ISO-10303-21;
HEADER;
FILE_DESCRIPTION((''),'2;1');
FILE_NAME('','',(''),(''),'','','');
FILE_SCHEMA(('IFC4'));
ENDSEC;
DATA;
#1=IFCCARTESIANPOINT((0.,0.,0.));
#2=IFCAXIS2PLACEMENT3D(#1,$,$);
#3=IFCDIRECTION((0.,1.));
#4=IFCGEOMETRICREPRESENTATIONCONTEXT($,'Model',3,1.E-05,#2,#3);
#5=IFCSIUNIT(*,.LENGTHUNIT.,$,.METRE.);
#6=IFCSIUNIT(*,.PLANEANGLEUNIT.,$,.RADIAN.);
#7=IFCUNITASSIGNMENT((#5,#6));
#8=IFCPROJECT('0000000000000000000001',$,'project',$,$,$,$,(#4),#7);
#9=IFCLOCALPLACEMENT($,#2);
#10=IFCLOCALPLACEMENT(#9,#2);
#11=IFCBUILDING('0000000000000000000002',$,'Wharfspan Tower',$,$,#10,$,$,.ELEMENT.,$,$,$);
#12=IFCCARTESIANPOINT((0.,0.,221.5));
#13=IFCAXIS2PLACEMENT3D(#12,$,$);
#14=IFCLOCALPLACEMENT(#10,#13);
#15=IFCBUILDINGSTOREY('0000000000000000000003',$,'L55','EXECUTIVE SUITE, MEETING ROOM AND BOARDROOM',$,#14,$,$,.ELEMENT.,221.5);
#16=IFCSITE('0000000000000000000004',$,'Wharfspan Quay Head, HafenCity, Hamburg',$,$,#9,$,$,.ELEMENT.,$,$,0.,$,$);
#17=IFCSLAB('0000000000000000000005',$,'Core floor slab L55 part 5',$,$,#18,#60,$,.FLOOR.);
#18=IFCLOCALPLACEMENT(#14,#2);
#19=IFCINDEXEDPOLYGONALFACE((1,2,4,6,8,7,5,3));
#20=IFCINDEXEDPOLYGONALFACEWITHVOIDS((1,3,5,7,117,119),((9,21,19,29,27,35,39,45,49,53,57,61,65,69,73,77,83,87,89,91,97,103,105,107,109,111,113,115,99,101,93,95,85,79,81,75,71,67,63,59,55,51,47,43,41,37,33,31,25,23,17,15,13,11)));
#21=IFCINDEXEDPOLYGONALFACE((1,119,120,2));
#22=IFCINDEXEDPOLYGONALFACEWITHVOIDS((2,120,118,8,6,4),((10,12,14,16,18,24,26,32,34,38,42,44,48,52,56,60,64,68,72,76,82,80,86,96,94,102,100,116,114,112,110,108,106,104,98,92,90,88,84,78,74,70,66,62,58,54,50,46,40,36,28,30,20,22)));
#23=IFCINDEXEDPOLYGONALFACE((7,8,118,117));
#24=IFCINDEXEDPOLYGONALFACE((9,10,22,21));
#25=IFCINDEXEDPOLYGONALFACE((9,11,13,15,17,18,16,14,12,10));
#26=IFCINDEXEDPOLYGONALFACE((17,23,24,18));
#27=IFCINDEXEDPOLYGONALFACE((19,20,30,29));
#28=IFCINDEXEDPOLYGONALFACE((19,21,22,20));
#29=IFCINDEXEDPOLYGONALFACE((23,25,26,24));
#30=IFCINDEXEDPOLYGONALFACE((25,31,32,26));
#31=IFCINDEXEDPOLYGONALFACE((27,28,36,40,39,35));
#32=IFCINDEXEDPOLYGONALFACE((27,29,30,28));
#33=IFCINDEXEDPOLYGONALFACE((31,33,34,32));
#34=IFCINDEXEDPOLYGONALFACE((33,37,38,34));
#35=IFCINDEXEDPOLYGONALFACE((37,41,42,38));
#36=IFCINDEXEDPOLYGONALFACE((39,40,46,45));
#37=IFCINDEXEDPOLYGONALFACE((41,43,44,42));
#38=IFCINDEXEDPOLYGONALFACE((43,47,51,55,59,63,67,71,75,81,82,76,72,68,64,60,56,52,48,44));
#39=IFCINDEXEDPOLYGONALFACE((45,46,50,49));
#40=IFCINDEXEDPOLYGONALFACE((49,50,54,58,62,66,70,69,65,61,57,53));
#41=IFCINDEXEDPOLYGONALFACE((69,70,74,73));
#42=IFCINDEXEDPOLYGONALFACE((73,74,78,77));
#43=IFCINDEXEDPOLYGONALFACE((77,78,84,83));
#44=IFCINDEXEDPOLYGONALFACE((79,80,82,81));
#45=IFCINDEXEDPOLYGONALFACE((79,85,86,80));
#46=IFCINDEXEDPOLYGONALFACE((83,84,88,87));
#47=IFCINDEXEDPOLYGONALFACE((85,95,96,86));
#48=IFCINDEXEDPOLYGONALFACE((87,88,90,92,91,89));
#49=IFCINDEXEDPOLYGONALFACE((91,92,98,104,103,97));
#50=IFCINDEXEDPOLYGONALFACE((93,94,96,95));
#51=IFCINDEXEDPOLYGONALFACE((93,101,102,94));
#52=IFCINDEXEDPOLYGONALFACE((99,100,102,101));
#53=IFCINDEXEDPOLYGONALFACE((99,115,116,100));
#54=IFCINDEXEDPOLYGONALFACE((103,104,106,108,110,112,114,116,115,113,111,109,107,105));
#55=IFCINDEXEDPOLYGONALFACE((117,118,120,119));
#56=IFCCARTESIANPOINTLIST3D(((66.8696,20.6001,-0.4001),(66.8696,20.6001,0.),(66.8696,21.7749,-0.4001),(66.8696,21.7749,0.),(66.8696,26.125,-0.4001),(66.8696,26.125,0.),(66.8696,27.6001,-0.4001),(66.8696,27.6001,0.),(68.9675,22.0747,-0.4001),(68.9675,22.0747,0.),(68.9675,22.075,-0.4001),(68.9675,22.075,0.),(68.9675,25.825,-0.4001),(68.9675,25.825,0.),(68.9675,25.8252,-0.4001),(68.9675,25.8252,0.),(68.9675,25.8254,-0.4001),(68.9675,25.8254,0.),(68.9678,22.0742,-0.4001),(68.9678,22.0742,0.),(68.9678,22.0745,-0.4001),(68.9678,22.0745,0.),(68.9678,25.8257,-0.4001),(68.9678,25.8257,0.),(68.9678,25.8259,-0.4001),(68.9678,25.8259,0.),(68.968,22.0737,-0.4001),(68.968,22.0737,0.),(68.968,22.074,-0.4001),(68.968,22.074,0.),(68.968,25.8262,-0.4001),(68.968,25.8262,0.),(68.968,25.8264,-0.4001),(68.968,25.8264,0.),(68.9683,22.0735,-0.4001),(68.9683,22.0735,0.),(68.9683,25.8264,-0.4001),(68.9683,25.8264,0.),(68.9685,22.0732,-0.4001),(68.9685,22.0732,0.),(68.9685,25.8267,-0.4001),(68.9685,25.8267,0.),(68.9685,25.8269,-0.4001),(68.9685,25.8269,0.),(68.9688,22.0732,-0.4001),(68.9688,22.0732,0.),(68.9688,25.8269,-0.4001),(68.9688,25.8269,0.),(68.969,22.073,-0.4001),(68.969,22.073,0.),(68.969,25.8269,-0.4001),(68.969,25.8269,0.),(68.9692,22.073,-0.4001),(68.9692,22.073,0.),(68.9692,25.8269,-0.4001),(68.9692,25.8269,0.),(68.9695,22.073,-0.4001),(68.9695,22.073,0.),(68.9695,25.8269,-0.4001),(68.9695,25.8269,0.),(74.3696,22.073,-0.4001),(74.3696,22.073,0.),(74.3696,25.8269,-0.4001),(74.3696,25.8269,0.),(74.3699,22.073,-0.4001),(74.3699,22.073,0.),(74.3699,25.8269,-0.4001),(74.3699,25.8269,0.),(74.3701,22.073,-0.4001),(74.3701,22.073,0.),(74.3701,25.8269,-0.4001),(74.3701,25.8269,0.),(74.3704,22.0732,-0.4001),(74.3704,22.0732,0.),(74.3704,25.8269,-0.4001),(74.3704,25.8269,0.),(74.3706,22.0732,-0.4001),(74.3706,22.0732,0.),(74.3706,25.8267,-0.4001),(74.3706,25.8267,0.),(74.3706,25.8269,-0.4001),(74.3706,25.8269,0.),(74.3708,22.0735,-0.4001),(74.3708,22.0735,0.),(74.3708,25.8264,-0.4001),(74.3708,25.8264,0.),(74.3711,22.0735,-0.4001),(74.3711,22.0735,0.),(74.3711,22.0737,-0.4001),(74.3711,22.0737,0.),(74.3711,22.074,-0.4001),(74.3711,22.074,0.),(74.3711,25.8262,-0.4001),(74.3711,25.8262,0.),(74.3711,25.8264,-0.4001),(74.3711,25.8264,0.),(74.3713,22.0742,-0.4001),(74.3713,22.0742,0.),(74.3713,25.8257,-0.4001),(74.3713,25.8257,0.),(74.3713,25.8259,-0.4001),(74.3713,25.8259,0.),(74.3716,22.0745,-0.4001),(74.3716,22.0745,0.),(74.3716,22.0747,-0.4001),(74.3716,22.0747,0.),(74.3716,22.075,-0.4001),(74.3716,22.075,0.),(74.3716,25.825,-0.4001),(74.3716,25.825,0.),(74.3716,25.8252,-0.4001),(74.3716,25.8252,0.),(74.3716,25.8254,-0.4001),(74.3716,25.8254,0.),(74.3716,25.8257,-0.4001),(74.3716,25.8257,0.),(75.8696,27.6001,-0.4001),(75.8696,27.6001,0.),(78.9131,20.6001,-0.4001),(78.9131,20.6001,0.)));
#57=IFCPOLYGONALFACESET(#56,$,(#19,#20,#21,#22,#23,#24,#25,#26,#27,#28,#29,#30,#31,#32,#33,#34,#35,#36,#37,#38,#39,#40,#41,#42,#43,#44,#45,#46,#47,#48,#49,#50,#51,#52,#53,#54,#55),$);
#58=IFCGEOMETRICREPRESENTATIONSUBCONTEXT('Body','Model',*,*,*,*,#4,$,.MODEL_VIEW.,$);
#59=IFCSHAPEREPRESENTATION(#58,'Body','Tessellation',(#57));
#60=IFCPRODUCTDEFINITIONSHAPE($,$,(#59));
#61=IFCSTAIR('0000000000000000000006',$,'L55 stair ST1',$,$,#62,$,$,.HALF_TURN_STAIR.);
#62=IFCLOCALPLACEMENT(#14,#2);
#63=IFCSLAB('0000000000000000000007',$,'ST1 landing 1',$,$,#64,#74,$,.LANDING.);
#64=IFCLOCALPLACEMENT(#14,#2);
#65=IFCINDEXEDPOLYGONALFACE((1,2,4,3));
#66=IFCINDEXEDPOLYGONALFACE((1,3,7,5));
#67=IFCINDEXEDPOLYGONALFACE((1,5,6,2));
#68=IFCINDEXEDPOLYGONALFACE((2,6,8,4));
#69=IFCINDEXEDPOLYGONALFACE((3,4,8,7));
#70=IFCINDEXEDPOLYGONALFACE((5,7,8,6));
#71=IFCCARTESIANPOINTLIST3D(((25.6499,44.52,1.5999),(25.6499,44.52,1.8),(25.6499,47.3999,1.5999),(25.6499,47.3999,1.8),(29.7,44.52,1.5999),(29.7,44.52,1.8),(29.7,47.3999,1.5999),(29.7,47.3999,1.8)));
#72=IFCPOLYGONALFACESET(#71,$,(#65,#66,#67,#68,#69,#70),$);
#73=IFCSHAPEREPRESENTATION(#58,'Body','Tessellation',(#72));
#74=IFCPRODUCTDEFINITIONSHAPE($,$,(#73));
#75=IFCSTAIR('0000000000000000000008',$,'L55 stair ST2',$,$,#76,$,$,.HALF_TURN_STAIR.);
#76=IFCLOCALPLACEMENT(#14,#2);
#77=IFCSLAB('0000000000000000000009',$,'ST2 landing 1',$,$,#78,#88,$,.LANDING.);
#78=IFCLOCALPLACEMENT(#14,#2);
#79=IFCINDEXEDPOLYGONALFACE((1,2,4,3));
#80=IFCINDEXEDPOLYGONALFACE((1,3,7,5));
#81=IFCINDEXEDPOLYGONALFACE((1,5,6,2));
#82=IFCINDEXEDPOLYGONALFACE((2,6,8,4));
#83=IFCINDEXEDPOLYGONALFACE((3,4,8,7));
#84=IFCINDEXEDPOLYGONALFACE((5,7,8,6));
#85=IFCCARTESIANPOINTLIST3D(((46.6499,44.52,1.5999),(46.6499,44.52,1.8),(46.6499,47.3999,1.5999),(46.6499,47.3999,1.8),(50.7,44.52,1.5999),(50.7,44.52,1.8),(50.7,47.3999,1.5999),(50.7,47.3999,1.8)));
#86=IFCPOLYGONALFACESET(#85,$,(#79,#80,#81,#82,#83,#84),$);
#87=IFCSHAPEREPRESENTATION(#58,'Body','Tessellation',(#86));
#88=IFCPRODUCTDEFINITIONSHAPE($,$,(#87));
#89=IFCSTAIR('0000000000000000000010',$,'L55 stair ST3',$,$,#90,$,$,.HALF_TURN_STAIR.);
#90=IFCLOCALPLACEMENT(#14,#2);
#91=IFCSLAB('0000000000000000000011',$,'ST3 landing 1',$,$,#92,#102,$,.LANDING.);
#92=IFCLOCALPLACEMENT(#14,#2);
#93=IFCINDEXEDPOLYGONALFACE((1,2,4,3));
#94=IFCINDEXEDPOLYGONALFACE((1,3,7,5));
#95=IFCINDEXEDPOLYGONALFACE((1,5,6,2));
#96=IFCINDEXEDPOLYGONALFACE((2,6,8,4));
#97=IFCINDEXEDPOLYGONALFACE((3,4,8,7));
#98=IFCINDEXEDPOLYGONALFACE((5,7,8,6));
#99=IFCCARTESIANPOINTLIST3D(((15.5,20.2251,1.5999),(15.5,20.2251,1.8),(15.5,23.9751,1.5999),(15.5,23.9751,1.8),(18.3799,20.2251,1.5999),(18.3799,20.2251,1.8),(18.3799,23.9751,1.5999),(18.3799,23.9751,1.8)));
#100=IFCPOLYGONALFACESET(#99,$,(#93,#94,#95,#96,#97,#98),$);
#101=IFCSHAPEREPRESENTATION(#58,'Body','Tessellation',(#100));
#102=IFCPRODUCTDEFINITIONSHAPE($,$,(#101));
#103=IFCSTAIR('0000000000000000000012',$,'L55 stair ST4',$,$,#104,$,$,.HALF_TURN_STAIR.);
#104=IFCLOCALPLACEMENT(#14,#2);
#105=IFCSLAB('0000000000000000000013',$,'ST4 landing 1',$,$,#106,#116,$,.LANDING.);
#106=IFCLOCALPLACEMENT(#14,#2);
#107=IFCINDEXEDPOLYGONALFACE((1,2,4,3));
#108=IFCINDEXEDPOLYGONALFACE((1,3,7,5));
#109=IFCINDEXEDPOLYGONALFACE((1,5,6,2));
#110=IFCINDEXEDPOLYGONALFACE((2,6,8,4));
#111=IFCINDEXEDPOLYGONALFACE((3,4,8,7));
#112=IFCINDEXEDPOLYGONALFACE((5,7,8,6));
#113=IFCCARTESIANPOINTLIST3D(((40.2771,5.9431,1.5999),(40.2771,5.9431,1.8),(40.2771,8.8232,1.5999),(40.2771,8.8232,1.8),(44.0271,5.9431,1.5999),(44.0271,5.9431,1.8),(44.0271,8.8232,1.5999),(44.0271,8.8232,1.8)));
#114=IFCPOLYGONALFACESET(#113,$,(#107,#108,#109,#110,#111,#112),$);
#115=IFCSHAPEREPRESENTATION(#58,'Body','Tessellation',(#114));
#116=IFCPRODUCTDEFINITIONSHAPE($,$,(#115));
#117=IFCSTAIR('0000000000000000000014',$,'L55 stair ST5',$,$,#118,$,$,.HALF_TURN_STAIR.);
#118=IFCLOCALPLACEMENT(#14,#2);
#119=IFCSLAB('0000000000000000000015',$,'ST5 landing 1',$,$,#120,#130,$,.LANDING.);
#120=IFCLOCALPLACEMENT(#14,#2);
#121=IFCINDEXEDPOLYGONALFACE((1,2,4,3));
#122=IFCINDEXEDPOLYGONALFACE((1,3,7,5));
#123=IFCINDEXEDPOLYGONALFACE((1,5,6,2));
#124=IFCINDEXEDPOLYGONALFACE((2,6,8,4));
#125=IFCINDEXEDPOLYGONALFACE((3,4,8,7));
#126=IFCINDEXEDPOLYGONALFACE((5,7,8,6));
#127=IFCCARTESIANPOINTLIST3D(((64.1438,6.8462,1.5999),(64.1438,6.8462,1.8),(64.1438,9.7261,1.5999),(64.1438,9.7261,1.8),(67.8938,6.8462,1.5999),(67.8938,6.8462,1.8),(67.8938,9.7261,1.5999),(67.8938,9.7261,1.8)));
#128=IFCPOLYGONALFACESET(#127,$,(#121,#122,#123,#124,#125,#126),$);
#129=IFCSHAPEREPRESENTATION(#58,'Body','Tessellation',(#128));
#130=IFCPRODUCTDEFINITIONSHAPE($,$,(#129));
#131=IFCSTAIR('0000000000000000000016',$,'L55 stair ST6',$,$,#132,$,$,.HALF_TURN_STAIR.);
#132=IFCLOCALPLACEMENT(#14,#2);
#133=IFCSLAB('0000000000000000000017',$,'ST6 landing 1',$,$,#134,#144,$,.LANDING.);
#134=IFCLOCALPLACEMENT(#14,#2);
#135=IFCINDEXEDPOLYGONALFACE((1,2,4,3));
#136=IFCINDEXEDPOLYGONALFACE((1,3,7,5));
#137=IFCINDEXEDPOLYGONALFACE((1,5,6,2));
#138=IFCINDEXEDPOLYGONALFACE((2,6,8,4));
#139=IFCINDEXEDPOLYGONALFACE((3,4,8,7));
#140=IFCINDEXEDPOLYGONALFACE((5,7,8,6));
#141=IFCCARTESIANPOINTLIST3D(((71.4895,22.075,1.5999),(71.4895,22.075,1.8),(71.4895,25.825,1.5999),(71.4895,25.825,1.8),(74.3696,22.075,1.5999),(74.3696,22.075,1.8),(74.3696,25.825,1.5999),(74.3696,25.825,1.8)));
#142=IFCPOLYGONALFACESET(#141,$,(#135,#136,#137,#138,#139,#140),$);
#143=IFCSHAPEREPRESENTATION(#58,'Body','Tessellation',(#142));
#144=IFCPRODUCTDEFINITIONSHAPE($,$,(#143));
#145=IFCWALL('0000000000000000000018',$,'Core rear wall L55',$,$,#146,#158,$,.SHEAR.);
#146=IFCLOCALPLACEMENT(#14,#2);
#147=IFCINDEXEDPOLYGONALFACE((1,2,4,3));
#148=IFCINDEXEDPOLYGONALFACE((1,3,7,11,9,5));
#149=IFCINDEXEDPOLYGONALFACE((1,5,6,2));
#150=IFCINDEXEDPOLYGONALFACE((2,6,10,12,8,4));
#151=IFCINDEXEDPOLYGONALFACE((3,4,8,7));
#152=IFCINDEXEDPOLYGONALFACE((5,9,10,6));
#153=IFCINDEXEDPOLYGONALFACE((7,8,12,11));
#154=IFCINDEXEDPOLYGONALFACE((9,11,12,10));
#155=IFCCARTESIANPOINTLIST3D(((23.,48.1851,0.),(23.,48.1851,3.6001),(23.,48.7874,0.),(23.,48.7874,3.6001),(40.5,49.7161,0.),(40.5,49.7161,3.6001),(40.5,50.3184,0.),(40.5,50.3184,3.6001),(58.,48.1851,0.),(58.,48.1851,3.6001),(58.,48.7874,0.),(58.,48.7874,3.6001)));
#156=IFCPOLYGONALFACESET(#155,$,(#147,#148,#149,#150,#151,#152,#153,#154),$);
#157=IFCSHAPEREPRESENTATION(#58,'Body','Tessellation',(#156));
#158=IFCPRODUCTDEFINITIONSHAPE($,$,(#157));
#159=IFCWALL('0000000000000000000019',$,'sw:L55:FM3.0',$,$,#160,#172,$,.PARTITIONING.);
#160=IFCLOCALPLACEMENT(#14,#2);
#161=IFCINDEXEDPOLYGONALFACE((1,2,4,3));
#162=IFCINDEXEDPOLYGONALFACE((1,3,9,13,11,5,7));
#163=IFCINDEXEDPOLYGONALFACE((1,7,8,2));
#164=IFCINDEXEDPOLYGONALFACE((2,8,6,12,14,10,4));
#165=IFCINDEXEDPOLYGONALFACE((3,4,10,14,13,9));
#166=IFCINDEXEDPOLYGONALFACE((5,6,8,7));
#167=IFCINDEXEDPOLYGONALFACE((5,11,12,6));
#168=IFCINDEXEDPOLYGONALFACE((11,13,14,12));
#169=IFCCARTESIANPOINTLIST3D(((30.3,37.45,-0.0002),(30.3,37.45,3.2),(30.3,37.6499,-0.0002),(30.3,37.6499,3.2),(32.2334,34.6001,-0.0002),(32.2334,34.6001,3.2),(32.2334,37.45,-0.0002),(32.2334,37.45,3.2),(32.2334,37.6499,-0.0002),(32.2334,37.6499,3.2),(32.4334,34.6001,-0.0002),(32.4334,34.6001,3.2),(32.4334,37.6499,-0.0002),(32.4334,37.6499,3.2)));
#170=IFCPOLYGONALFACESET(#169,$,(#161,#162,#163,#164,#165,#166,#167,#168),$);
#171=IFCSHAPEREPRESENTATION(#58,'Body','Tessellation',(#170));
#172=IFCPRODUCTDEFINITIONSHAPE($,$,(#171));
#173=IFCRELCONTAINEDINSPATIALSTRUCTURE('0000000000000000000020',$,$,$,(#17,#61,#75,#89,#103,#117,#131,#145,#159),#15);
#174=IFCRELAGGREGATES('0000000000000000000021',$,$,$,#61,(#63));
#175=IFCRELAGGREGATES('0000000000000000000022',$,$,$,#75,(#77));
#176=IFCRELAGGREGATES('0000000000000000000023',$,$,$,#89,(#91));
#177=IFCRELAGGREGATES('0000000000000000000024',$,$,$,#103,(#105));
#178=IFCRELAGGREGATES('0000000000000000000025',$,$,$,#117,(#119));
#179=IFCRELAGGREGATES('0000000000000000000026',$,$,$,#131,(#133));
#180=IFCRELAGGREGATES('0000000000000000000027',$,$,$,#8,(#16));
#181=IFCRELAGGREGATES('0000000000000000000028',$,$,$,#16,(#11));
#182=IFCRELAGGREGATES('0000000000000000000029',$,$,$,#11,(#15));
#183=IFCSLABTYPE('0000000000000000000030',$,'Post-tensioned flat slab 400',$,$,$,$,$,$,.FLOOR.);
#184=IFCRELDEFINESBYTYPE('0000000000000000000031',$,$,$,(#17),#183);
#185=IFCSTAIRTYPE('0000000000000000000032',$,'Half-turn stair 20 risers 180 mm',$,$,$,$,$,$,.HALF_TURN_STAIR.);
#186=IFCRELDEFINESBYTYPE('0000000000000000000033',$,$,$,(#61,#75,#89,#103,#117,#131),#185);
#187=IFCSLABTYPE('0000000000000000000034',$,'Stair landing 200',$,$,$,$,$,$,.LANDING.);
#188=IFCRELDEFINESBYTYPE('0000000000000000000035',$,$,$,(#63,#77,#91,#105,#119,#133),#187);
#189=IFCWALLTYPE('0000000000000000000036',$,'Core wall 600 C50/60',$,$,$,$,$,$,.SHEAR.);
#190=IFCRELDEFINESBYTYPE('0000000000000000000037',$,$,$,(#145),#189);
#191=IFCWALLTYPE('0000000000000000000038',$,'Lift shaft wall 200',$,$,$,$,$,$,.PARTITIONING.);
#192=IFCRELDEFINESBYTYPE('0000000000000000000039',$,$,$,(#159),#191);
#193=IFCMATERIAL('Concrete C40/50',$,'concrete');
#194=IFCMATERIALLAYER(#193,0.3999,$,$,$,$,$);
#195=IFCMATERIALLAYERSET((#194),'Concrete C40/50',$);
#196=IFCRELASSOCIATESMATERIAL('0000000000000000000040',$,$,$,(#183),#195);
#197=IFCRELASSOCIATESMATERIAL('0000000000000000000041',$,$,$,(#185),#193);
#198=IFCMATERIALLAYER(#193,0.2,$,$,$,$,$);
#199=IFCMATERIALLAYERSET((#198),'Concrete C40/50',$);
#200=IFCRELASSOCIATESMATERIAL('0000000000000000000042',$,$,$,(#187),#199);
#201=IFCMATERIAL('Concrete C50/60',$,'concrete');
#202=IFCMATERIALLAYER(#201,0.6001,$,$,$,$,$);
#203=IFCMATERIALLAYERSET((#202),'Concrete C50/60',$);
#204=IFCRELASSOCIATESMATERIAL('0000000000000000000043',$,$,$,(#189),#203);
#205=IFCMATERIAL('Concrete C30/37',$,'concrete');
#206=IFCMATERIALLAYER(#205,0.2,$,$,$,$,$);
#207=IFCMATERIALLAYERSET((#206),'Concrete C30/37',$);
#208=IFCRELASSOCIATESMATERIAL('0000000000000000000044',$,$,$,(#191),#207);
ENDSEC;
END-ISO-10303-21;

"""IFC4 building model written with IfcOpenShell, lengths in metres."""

from ifc_helpers import new_model, si_unit, direction, frame, origin, place, context, subcontext, project, spatial, polyline, outline, extrude, material, layer, layer_set, type_object, element, aggregate, save


model = new_model("IFC4")

# Units and contexts
model_context = context("Model", 3, precision=1e-05, world=origin(), true_north=direction((0.0, 1.0)))
body_context = subcontext(model_context, "Body", "Model", "MODEL_VIEW")
ifc_project = project(units=[si_unit("LENGTHUNIT", "METRE"), si_unit("PLANEANGLEUNIT", "RADIAN")], contexts=[model_context])

# Site, building, storey
site_placement = place(None, origin())
site = spatial("IfcSite", under=ifc_project, at=site_placement, Name="Wharfspan Quay Head, HafenCity, Hamburg", CompositionType="ELEMENT", RefElevation=0.0)
building_placement = place(site_placement, origin())
building = spatial("IfcBuilding", under=site, at=building_placement, Name="Wharfspan Tower", CompositionType="ELEMENT")
storey_placement = place(building_placement, frame((0.0, 0.0, 221.5)))
storey = spatial("IfcBuildingStorey", under=building, at=storey_placement, Name="L55", Description="EXECUTIVE SUITE, MEETING ROOM AND BOARDROOM", CompositionType="ELEMENT", Elevation=221.5)

# Slab
ifc_material_1 = material(Name="Concrete C40/50", Category="concrete")
ifc_layer_1 = layer(ifc_material_1, 0.3999)
ifc_layer_set_1 = layer_set([ifc_layer_1], Name="Concrete C40/50")
slab_type_1 = type_object("IfcSlabType", Name="Post-tensioned flat slab 400", PredefinedType="FLOOR", material=ifc_layer_set_1)
slab_1_placement = place(storey_placement, frame((0.0, 0.0, -0.4001)))
element("IfcSlab", 1, at=slab_1_placement, inside=storey, type_object=slab_type_1, Name="Core floor slab L55 part 5", PredefinedType="FLOOR", context=body_context, shape_type="SweptSolid", body=[
    extrude(outline(polyline([(75.8696, 27.6001), (66.8696, 27.6001), (66.8696, 26.125), (66.8696, 21.7749), (66.8696, 20.6001), (78.9131, 20.6001), (75.8696, 27.6001)]), holes=[polyline([(68.9675, 25.825), (68.9675, 25.8252), (68.9675, 25.8254), (68.9678, 25.8257), (68.9678, 25.8257), (68.9678, 25.8259), (68.968, 25.8262), (68.968, 25.8264), (68.9683, 25.8264), (68.9683, 25.8264), (68.9685, 25.8267), (68.9685, 25.8269), (68.9688, 25.8269), (68.969, 25.8269), (68.9692, 25.8269), (68.9695, 25.8269), (68.9695, 25.8269), (74.3696, 25.8269), (74.3699, 25.8269), (74.3701, 25.8269), (74.3701, 25.8269), (74.3704, 25.8269), (74.3706, 25.8269), (74.3706, 25.8267), (74.3709, 25.8264), (74.3711, 25.8264), (74.3711, 25.8264), (74.3711, 25.8262), (74.3713, 25.8259), (74.3713, 25.8257), (74.3716, 25.8257), (74.3716, 25.8254), (74.3716, 25.8252), (74.3716, 25.825), (74.3716, 22.075), (74.3716, 22.0747), (74.3716, 22.0747), (74.3716, 22.0745), (74.3713, 22.0742), (74.3713, 22.0742), (74.3711, 22.074), (74.3711, 22.0737), (74.3711, 22.0735), (74.3709, 22.0735), (74.3706, 22.0732), (74.3706, 22.0732), (74.3704, 22.0732), (74.3701, 22.073), (74.3701, 22.073), (74.3699, 22.073), (74.3696, 22.073), (68.9695, 22.073), (68.9695, 22.073), (68.9692, 22.073), (68.969, 22.073), (68.9688, 22.0732), (68.9685, 22.0732), (68.9685, 22.0732), (68.9683, 22.0735), (68.9683, 22.0735), (68.968, 22.0737), (68.968, 22.074), (68.9678, 22.0742), (68.9678, 22.0742), (68.9678, 22.0745), (68.9675, 22.0747), (68.9675, 22.0747), (68.9675, 22.075), (68.9675, 25.825)])]), origin(), (0.0, 0.0, 1.0), 0.4001),
])

# Stairs, slabs
stair_type = type_object("IfcStairType", Name="Half-turn stair 20 risers 180 mm", PredefinedType="HALF_TURN_STAIR", material=ifc_material_1)
stair_1_placement = place(storey_placement, origin())
stair_1 = element("IfcStair", 2, at=stair_1_placement, inside=storey, type_object=stair_type, Name="L55 stair ST1", PredefinedType="HALF_TURN_STAIR")
ifc_layer_2 = layer(ifc_material_1, 0.2)
ifc_layer_set_2 = layer_set([ifc_layer_2], Name="Concrete C40/50")
slab_type_2 = type_object("IfcSlabType", Name="Stair landing 200", PredefinedType="LANDING", material=ifc_layer_set_2)
slab_2_placement = place(storey_placement, frame((0.0, 0.0, 1.5999)))
slab_2 = element("IfcSlab", 3, at=slab_2_placement, type_object=slab_type_2, Name="ST1 landing 1", PredefinedType="LANDING", context=body_context, shape_type="SweptSolid", body=[
    extrude(outline(polyline([(25.6499, 44.52), (29.7, 44.52), (29.7, 47.3999), (25.6499, 47.3999), (25.6499, 44.52)])), origin(), (0.0, 0.0, 1.0), 0.2002),
])
aggregate(stair_1, [slab_2])
stair_2_placement = place(storey_placement, origin())
stair_2 = element("IfcStair", 4, at=stair_2_placement, inside=storey, type_object=stair_type, Name="L55 stair ST2", PredefinedType="HALF_TURN_STAIR")
slab_3_placement = place(storey_placement, frame((0.0, 0.0, 1.5999)))
slab_3 = element("IfcSlab", 5, at=slab_3_placement, type_object=slab_type_2, Name="ST2 landing 1", PredefinedType="LANDING", context=body_context, shape_type="SweptSolid", body=[
    extrude(outline(polyline([(46.6499, 44.52), (50.7, 44.52), (50.7, 47.3999), (46.6499, 47.3999), (46.6499, 44.52)])), origin(), (0.0, 0.0, 1.0), 0.2002),
])
aggregate(stair_2, [slab_3])
stair_3_placement = place(storey_placement, origin())
stair_3 = element("IfcStair", 6, at=stair_3_placement, inside=storey, type_object=stair_type, Name="L55 stair ST3", PredefinedType="HALF_TURN_STAIR")
slab_4_placement = place(storey_placement, frame((0.0, 0.0, 1.5999)))
slab_4 = element("IfcSlab", 7, at=slab_4_placement, type_object=slab_type_2, Name="ST3 landing 1", PredefinedType="LANDING", context=body_context, shape_type="SweptSolid", body=[
    extrude(outline(polyline([(18.3799, 23.9751), (15.5, 23.9751), (15.5, 20.2251), (18.3799, 20.2251), (18.3799, 23.9751)])), origin(), (0.0, 0.0, 1.0), 0.2002),
])
aggregate(stair_3, [slab_4])
stair_4_placement = place(storey_placement, origin())
stair_4 = element("IfcStair", 8, at=stair_4_placement, inside=storey, type_object=stair_type, Name="L55 stair ST4", PredefinedType="HALF_TURN_STAIR")
slab_5_placement = place(storey_placement, frame((0.0, 0.0, 1.5999)))
slab_5 = element("IfcSlab", 9, at=slab_5_placement, type_object=slab_type_2, Name="ST4 landing 1", PredefinedType="LANDING", context=body_context, shape_type="SweptSolid", body=[
    extrude(outline(polyline([(40.2771, 8.8232), (40.2771, 5.9431), (44.0271, 5.9431), (44.0271, 8.8232), (40.2771, 8.8232)])), origin(), (0.0, 0.0, 1.0), 0.2002),
])
aggregate(stair_4, [slab_5])
stair_5_placement = place(storey_placement, origin())
stair_5 = element("IfcStair", 10, at=stair_5_placement, inside=storey, type_object=stair_type, Name="L55 stair ST5", PredefinedType="HALF_TURN_STAIR")
slab_6_placement = place(storey_placement, frame((0.0, 0.0, 1.5999)))
slab_6 = element("IfcSlab", 11, at=slab_6_placement, type_object=slab_type_2, Name="ST5 landing 1", PredefinedType="LANDING", context=body_context, shape_type="SweptSolid", body=[
    extrude(outline(polyline([(64.1438, 9.7261), (64.1438, 6.8462), (67.8938, 6.8462), (67.8938, 9.7261), (64.1438, 9.7261)])), origin(), (0.0, 0.0, 1.0), 0.2002),
])
aggregate(stair_5, [slab_6])
stair_6_placement = place(storey_placement, origin())
stair_6 = element("IfcStair", 12, at=stair_6_placement, inside=storey, type_object=stair_type, Name="L55 stair ST6", PredefinedType="HALF_TURN_STAIR")
slab_7_placement = place(storey_placement, frame((0.0, 0.0, 1.5999)))
slab_7 = element("IfcSlab", 13, at=slab_7_placement, type_object=slab_type_2, Name="ST6 landing 1", PredefinedType="LANDING", context=body_context, shape_type="SweptSolid", body=[
    extrude(outline(polyline([(71.4895, 22.075), (74.3696, 22.075), (74.3696, 25.825), (71.4895, 25.825), (71.4895, 22.075)])), origin(), (0.0, 0.0, 1.0), 0.2002),
])
aggregate(stair_6, [slab_7])

# Walls
ifc_material_2 = material(Name="Concrete C50/60", Category="concrete")
ifc_layer_3 = layer(ifc_material_2, 0.6001)
ifc_layer_set_3 = layer_set([ifc_layer_3], Name="Concrete C50/60")
wall_type_1 = type_object("IfcWallType", Name="Core wall 600 C50/60", PredefinedType="SHEAR", material=ifc_layer_set_3)
wall_1_placement = place(storey_placement, origin())
element("IfcWall", 14, at=wall_1_placement, inside=storey, type_object=wall_type_1, Name="Core rear wall L55", PredefinedType="SHEAR", context=body_context, shape_type="SweptSolid", body=[
    extrude(outline(polyline([(23.0, 48.1851), (40.5, 49.7161), (58.0, 48.1851), (58.0, 48.7874), (40.5, 50.3184), (23.0, 48.7874), (23.0, 48.1851)])), origin(), (0.0, 0.0, 1.0), 3.6001),
])
ifc_material_3 = material(Name="Concrete C30/37", Category="concrete")
ifc_layer_4 = layer(ifc_material_3, 0.2)
ifc_layer_set_4 = layer_set([ifc_layer_4], Name="Concrete C30/37")
wall_type_2 = type_object("IfcWallType", Name="Lift shaft wall 200", PredefinedType="PARTITIONING", material=ifc_layer_set_4)
wall_2_placement = place(storey_placement, frame((0.0, 0.0, -0.0002)))
element("IfcWall", 15, at=wall_2_placement, inside=storey, type_object=wall_type_2, Name="sw:L55:FM3.0", PredefinedType="PARTITIONING", context=body_context, shape_type="SweptSolid", body=[
    extrude(outline(polyline([(32.2334, 37.45), (30.3, 37.45), (30.3, 37.6499), (32.2334, 37.6499), (32.4333, 37.6499), (32.4333, 34.6001), (32.2334, 34.6001), (32.2334, 37.45)])), origin(), (0.0, 0.0, 1.0), 3.2002),
])

save(model, "model.ifc")
